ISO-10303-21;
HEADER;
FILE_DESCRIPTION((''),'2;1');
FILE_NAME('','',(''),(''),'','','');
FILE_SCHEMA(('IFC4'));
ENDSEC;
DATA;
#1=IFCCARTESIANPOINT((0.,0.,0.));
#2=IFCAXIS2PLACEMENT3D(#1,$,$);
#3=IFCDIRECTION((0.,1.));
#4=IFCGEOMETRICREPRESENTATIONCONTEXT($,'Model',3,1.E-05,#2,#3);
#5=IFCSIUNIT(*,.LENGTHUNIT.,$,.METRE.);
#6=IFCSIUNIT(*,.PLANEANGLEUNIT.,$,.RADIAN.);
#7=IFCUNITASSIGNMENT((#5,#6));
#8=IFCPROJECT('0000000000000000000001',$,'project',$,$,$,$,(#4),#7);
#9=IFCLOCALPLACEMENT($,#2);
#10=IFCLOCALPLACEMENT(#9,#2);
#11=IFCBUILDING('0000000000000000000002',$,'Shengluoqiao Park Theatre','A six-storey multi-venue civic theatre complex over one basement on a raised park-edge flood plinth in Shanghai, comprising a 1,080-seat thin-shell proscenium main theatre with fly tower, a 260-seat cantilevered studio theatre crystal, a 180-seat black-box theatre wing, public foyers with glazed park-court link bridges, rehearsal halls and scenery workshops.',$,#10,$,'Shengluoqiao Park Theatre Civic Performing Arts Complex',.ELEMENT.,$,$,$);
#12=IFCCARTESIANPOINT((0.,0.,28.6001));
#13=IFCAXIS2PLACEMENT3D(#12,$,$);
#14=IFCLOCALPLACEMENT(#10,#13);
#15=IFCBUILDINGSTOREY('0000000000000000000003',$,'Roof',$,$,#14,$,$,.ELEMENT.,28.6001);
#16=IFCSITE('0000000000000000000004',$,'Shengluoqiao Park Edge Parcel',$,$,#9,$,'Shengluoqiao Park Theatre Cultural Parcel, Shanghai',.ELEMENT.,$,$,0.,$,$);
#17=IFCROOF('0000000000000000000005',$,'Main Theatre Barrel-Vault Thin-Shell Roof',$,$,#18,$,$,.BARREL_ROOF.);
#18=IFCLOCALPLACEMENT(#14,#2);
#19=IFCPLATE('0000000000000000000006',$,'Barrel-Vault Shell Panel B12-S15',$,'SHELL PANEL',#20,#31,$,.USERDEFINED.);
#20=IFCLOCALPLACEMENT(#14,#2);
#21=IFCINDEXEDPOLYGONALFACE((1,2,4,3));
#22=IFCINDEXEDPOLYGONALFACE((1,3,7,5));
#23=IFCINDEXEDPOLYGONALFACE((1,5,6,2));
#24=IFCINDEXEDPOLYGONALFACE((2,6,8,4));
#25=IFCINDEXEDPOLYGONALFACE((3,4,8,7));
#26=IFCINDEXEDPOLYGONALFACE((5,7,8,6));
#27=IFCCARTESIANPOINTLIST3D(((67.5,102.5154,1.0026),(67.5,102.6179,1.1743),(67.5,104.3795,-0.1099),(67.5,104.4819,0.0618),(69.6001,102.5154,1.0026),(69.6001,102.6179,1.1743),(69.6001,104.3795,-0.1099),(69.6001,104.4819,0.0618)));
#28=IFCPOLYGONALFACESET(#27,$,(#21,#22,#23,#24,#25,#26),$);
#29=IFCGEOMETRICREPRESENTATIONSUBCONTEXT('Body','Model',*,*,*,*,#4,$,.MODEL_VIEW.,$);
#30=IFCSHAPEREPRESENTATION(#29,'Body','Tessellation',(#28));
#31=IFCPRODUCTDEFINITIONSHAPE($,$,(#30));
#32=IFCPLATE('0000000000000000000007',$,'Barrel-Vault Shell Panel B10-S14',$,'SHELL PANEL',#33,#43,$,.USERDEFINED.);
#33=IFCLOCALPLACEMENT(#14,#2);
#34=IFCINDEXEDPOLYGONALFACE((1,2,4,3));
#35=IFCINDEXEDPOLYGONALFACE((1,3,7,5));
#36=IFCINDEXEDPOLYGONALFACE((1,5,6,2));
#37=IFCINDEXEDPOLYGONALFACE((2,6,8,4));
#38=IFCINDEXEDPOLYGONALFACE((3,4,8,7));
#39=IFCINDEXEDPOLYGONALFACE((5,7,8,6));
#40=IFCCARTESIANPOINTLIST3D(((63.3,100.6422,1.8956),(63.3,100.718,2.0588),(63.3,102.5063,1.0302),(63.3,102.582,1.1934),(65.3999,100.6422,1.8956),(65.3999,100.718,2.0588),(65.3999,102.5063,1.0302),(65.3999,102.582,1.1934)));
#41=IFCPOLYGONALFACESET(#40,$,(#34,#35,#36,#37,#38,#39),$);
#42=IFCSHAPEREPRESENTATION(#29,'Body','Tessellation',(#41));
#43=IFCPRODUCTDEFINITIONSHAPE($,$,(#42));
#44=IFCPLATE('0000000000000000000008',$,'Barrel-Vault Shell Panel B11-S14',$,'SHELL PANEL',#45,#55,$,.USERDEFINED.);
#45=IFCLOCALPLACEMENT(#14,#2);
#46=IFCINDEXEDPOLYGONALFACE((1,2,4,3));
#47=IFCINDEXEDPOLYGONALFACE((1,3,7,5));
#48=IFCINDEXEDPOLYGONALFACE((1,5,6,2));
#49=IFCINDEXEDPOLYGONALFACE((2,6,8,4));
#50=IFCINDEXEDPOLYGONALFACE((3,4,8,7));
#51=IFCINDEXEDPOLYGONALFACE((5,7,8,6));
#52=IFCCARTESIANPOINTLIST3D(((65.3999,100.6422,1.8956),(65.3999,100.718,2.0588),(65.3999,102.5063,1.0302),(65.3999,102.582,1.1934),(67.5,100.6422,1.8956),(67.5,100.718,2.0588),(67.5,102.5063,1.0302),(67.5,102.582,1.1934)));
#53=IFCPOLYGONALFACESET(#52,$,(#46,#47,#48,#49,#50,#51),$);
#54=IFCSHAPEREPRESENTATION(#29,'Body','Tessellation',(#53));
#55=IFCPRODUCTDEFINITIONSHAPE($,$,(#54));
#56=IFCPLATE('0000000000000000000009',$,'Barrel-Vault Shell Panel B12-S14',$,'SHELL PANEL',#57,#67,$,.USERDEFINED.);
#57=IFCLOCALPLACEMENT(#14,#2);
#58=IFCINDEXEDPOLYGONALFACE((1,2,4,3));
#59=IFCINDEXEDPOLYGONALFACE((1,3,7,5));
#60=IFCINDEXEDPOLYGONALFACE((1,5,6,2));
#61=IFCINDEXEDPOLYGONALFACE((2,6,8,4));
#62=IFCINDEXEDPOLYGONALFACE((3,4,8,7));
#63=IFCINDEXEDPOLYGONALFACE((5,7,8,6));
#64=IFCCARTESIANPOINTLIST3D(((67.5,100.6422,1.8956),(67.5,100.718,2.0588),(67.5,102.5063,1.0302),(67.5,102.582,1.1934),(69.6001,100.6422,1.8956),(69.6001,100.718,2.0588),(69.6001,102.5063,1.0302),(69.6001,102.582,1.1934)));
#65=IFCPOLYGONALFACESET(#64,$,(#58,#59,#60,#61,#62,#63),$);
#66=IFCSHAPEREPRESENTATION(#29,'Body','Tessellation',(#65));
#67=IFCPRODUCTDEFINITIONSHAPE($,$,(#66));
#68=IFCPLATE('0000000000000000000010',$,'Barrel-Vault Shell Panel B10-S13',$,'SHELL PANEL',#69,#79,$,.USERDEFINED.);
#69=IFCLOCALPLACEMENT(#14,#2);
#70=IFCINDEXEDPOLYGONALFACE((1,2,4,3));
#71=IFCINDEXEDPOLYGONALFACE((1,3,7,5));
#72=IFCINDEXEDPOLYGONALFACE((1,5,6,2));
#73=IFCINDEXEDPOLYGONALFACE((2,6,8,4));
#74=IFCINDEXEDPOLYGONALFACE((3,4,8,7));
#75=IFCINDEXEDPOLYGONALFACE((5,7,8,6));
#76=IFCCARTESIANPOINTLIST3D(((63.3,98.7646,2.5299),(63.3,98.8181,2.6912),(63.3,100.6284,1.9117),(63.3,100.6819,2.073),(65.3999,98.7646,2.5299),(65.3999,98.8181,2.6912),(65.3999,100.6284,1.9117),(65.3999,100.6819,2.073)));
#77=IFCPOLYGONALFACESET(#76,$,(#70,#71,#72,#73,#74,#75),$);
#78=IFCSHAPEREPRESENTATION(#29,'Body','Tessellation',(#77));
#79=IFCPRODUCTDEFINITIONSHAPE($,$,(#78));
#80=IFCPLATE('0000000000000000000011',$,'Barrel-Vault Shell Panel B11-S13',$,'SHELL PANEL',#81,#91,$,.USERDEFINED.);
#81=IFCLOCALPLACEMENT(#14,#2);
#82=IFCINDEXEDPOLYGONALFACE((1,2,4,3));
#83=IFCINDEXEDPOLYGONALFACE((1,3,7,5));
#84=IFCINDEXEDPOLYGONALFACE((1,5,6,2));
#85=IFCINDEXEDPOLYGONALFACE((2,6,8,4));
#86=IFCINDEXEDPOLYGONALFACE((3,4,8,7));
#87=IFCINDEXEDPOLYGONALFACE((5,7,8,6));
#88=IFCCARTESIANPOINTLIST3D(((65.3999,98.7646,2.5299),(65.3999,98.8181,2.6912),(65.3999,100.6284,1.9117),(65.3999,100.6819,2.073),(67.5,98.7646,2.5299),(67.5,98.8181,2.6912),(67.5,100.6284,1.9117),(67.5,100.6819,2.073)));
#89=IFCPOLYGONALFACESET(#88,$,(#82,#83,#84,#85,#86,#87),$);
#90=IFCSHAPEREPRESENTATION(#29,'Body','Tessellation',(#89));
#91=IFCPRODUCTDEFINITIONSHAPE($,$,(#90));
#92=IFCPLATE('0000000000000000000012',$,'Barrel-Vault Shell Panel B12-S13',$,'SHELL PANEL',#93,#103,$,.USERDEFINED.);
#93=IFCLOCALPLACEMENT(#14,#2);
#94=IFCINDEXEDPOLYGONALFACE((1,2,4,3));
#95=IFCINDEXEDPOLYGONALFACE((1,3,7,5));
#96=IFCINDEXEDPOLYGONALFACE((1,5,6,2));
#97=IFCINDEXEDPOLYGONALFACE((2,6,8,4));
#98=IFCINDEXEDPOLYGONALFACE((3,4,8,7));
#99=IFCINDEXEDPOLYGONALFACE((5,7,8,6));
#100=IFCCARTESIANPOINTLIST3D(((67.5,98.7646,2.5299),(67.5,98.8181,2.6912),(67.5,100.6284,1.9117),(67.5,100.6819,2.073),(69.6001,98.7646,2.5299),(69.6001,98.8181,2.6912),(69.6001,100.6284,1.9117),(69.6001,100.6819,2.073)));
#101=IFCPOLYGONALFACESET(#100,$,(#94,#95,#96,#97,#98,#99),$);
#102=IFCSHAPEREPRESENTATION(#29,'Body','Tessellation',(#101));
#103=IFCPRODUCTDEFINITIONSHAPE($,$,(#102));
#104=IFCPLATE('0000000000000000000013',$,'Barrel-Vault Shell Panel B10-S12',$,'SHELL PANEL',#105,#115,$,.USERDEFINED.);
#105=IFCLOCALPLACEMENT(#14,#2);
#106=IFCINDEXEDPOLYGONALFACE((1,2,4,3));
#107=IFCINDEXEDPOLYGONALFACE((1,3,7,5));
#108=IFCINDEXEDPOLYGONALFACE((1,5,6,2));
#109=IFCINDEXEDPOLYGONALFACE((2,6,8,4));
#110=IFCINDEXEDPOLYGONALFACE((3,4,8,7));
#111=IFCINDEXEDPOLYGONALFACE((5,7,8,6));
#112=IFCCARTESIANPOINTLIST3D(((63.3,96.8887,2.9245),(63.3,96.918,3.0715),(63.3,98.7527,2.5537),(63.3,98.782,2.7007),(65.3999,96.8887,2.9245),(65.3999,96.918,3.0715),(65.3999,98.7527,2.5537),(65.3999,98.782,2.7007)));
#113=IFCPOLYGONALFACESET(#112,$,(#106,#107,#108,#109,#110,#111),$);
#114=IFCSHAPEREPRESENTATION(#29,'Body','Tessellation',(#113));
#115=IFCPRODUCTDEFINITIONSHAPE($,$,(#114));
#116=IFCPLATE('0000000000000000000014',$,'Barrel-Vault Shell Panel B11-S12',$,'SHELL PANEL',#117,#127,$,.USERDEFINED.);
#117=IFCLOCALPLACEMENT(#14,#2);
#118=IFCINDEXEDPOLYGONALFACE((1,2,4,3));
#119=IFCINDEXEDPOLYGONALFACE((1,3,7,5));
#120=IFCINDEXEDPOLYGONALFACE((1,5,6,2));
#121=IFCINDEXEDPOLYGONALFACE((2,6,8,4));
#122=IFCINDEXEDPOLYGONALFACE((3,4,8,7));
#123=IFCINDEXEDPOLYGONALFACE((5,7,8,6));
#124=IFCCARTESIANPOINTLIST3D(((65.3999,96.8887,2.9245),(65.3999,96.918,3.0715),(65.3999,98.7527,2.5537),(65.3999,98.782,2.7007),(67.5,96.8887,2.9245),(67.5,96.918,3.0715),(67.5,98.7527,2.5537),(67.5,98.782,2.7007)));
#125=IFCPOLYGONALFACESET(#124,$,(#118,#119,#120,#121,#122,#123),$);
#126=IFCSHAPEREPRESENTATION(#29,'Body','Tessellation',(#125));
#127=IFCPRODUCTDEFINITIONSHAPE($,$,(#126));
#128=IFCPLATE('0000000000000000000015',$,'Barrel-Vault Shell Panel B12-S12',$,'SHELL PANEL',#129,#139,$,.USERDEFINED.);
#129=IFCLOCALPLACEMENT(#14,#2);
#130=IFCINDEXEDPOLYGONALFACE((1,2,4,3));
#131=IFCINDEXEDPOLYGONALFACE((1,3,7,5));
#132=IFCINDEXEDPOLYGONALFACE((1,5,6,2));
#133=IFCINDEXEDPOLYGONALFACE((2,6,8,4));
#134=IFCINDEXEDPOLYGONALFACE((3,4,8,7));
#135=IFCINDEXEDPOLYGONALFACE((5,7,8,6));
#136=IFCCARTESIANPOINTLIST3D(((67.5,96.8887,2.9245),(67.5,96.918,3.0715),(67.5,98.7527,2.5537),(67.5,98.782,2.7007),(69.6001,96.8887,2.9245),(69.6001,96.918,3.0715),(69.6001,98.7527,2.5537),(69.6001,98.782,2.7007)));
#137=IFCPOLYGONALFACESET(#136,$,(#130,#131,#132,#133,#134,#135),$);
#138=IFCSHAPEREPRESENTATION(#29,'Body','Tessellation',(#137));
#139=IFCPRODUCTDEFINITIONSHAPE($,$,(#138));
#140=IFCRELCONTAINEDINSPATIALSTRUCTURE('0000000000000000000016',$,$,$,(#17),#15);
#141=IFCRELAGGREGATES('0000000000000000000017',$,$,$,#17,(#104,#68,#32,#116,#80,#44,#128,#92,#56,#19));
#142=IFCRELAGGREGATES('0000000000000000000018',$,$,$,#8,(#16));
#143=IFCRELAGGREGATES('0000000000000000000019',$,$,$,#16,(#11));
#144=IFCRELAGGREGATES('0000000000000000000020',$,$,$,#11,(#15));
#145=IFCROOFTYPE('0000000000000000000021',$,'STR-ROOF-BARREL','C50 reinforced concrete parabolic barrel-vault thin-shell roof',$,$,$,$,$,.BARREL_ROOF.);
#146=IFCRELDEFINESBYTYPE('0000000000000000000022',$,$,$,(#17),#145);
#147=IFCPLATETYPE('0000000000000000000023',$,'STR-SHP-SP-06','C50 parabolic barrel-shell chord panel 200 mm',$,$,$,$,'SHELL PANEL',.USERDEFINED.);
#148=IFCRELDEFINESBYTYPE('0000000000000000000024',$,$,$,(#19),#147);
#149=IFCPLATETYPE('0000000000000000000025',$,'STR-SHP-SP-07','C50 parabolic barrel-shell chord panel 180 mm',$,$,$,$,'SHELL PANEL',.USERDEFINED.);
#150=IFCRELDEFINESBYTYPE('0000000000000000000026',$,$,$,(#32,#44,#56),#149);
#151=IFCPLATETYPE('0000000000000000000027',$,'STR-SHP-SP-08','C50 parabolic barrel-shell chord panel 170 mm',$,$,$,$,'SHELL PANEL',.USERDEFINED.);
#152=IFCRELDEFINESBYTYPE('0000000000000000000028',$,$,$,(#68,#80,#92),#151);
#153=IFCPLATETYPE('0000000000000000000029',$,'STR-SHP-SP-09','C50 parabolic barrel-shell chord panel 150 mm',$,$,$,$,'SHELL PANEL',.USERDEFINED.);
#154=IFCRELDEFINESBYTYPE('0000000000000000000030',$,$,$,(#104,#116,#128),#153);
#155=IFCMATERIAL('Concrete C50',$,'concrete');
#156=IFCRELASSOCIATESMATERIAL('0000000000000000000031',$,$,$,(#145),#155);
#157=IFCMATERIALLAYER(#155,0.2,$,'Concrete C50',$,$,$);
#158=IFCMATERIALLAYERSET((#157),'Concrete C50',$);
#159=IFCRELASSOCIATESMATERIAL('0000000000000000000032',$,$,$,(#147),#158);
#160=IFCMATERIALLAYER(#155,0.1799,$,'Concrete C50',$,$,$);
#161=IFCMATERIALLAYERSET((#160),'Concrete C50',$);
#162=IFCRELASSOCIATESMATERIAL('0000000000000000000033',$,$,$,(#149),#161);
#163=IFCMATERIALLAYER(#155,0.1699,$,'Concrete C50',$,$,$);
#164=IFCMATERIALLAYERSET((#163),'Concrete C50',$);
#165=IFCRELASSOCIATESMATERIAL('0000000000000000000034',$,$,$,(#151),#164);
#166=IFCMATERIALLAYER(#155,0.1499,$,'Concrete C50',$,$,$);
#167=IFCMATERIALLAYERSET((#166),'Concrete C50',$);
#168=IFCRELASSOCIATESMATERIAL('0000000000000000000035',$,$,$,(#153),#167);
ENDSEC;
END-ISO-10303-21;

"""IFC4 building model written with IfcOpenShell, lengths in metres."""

from ifc_helpers import new_model, si_unit, direction, frame, origin, place, context, subcontext, project, spatial, polyline, outline, extrude, material, layer, layer_set, type_object, element, aggregate, save


model = new_model("IFC4")

# Units and contexts
model_context = context("Model", 3, precision=1e-05, world=origin(), true_north=direction((0.0, 1.0)))
body_context = subcontext(model_context, "Body", "Model", "MODEL_VIEW")
ifc_project = project(units=[si_unit("LENGTHUNIT", "METRE"), si_unit("PLANEANGLEUNIT", "RADIAN")], contexts=[model_context])

# Site, building, storey
site_placement = place(None, origin())
site = spatial("IfcSite", under=ifc_project, at=site_placement, Name="Shengluoqiao Park Edge Parcel", LongName="Shengluoqiao Park Theatre Cultural Parcel, Shanghai", CompositionType="ELEMENT", RefElevation=0.0)
building_placement = place(site_placement, origin())
building = spatial("IfcBuilding", under=site, at=building_placement, Name="Shengluoqiao Park Theatre", Description="A six-storey multi-venue civic theatre complex over one basement on a raised park-edge flood plinth in Shanghai, comprising a 1,080-seat thin-shell proscenium main theatre with fly tower, a 260-seat cantilevered studio theatre crystal, a 180-seat black-box theatre wing, public foyers with glazed park-court link bridges, rehearsal halls and scenery workshops.", LongName="Shengluoqiao Park Theatre Civic Performing Arts Complex", CompositionType="ELEMENT")
storey_placement = place(building_placement, frame((0.0, 0.0, 28.6001)))
storey = spatial("IfcBuildingStorey", under=building, at=storey_placement, Name="Roof", CompositionType="ELEMENT", Elevation=28.6001)

# Shared definitions
ifc_material_1 = material(Name="Concrete C50", Category="concrete")

# Roof, plates
roof_type = type_object("IfcRoofType", Name="STR-ROOF-BARREL", Description="C50 reinforced concrete parabolic barrel-vault thin-shell roof", PredefinedType="BARREL_ROOF", material=ifc_material_1)
roof_placement = place(storey_placement, origin())
roof = element("IfcRoof", 1, at=roof_placement, inside=storey, type_object=roof_type, Name="Main Theatre Barrel-Vault Thin-Shell Roof", PredefinedType="BARREL_ROOF")
ifc_layer_1 = layer(ifc_material_1, 0.2, Name="Concrete C50")
ifc_layer_set_1 = layer_set([ifc_layer_1], Name="Concrete C50")
plate_type_1 = type_object("IfcPlateType", Name="STR-SHP-SP-06", Description="C50 parabolic barrel-shell chord panel 200 mm", ElementType="SHELL PANEL", PredefinedType="USERDEFINED", material=ifc_layer_set_1)
plate_1_placement = place(storey_placement, frame((67.5, 102.6179, 1.1743), z_axis=(0.0, 0.51251, 0.858681), x_axis=(1.0, 0.0, 0.0)))
plate_1 = element("IfcPlate", 2, at=plate_1_placement, type_object=plate_type_1, Name="Barrel-Vault Shell Panel B12-S15", ObjectType="SHELL PANEL", PredefinedType="USERDEFINED", context=body_context, shape_type="SweptSolid", body=[
    extrude(outline(polyline([(0.0, 0.0), (2.1001, 0.0), (2.1001, 2.1708), (0.0, 2.1708), (0.0, 0.0)])), origin(), (0.0, 0.0, -1.0), 0.2),
])
ifc_layer_2 = layer(ifc_material_1, 0.1799, Name="Concrete C50")
ifc_layer_set_2 = layer_set([ifc_layer_2], Name="Concrete C50")
plate_type_2 = type_object("IfcPlateType", Name="STR-SHP-SP-07", Description="C50 parabolic barrel-shell chord panel 180 mm", ElementType="SHELL PANEL", PredefinedType="USERDEFINED", material=ifc_layer_set_2)
plate_2_placement = place(storey_placement, frame((63.3, 100.718, 2.0588), z_axis=(0.0, 0.421129, 0.907001), x_axis=(1.0, 0.0, 0.0)))
plate_2 = element("IfcPlate", 3, at=plate_2_placement, type_object=plate_type_2, Name="Barrel-Vault Shell Panel B10-S14", ObjectType="SHELL PANEL", PredefinedType="USERDEFINED", context=body_context, shape_type="SweptSolid", body=[
    extrude(outline(polyline([(0.0, 0.0), (2.0999, 0.0), (2.0999, 2.0551), (0.0, 2.0551), (0.0, 0.0)])), origin(), (0.0, 0.0, -1.0), 0.1799),
])
plate_3_placement = place(storey_placement, frame((65.3999, 100.718, 2.0588), z_axis=(0.0, 0.421129, 0.907001), x_axis=(1.0, 0.0, 0.0)))
plate_3 = element("IfcPlate", 4, at=plate_3_placement, type_object=plate_type_2, Name="Barrel-Vault Shell Panel B11-S14", ObjectType="SHELL PANEL", PredefinedType="USERDEFINED", context=body_context, shape_type="SweptSolid", body=[
    extrude(outline(polyline([(0.0, 0.0), (2.1001, 0.0), (2.1001, 2.0551), (0.0, 2.0551), (0.0, 0.0)])), origin(), (0.0, 0.0, -1.0), 0.1799),
])
plate_4_placement = place(storey_placement, frame((67.5, 100.718, 2.0588), z_axis=(0.0, 0.421129, 0.907001), x_axis=(1.0, 0.0, 0.0)))
plate_4 = element("IfcPlate", 5, at=plate_4_placement, type_object=plate_type_2, Name="Barrel-Vault Shell Panel B12-S14", ObjectType="SHELL PANEL", PredefinedType="USERDEFINED", context=body_context, shape_type="SweptSolid", body=[
    extrude(outline(polyline([(0.0, 0.0), (2.1001, 0.0), (2.1001, 2.0551), (0.0, 2.0551), (0.0, 0.0)])), origin(), (0.0, 0.0, -1.0), 0.1799),
])
ifc_layer_3 = layer(ifc_material_1, 0.1699, Name="Concrete C50")
ifc_layer_set_3 = layer_set([ifc_layer_3], Name="Concrete C50")
plate_type_3 = type_object("IfcPlateType", Name="STR-SHP-SP-08", Description="C50 parabolic barrel-shell chord panel 170 mm", ElementType="SHELL PANEL", PredefinedType="USERDEFINED", material=ifc_layer_set_3)
plate_5_placement = place(storey_placement, frame((63.3, 98.8181, 2.6912), z_axis=(0.0, 0.31481, 0.949155), x_axis=(1.0, 0.0, 0.0)))
plate_5 = element("IfcPlate", 6, at=plate_5_placement, type_object=plate_type_3, Name="Barrel-Vault Shell Panel B10-S13", ObjectType="SHELL PANEL", PredefinedType="USERDEFINED", context=body_context, shape_type="SweptSolid", body=[
    extrude(outline(polyline([(0.0, 0.0), (2.0999, 0.0), (2.0999, 1.9636), (0.0, 1.9636), (0.0, 0.0)])), origin(), (0.0, 0.0, -1.0), 0.1699),
])
plate_6_placement = place(storey_placement, frame((65.3999, 98.8181, 2.6912), z_axis=(0.0, 0.31481, 0.949155), x_axis=(1.0, 0.0, 0.0)))
plate_6 = element("IfcPlate", 7, at=plate_6_placement, type_object=plate_type_3, Name="Barrel-Vault Shell Panel B11-S13", ObjectType="SHELL PANEL", PredefinedType="USERDEFINED", context=body_context, shape_type="SweptSolid", body=[
    extrude(outline(polyline([(0.0, 0.0), (2.1001, 0.0), (2.1001, 1.9636), (0.0, 1.9636), (0.0, 0.0)])), origin(), (0.0, 0.0, -1.0), 0.1699),
])
plate_7_placement = place(storey_placement, frame((67.5, 98.8181, 2.6912), z_axis=(0.0, 0.31481, 0.949155), x_axis=(1.0, 0.0, 0.0)))
plate_7 = element("IfcPlate", 8, at=plate_7_placement, type_object=plate_type_3, Name="Barrel-Vault Shell Panel B12-S13", ObjectType="SHELL PANEL", PredefinedType="USERDEFINED", context=body_context, shape_type="SweptSolid", body=[
    extrude(outline(polyline([(0.0, 0.0), (2.1001, 0.0), (2.1001, 1.9636), (0.0, 1.9636), (0.0, 0.0)])), origin(), (0.0, 0.0, -1.0), 0.1699),
])
ifc_layer_4 = layer(ifc_material_1, 0.1499, Name="Concrete C50")
ifc_layer_set_4 = layer_set([ifc_layer_4], Name="Concrete C50")
plate_type_4 = type_object("IfcPlateType", Name="STR-SHP-SP-09", Description="C50 parabolic barrel-shell chord panel 150 mm", ElementType="SHELL PANEL", PredefinedType="USERDEFINED", material=ifc_layer_set_4)
plate_8_placement = place(storey_placement, frame((63.3, 96.918, 3.0715), z_axis=(0.0, 0.195128, 0.980778), x_axis=(1.0, 0.0, 0.0)))
plate_8 = element("IfcPlate", 9, at=plate_8_placement, type_object=plate_type_4, Name="Barrel-Vault Shell Panel B10-S12", ObjectType="SHELL PANEL", PredefinedType="USERDEFINED", context=body_context, shape_type="SweptSolid", body=[
    extrude(outline(polyline([(0.0, 0.0), (2.0999, 0.0), (2.0999, 1.9005), (0.0, 1.9005), (0.0, 0.0)])), origin(), (0.0, 0.0, -1.0), 0.1499),
])
plate_9_placement = place(storey_placement, frame((65.3999, 96.918, 3.0715), z_axis=(0.0, 0.195128, 0.980778), x_axis=(1.0, 0.0, 0.0)))
plate_9 = element("IfcPlate", 10, at=plate_9_placement, type_object=plate_type_4, Name="Barrel-Vault Shell Panel B11-S12", ObjectType="SHELL PANEL", PredefinedType="USERDEFINED", context=body_context, shape_type="SweptSolid", body=[
    extrude(outline(polyline([(0.0, 0.0), (2.1001, 0.0), (2.1001, 1.9005), (0.0, 1.9005), (0.0, 0.0)])), origin(), (0.0, 0.0, -1.0), 0.1499),
])
plate_10_placement = place(storey_placement, frame((67.5, 96.918, 3.0715), z_axis=(0.0, 0.195128, 0.980778), x_axis=(1.0, 0.0, 0.0)))
plate_10 = element("IfcPlate", 11, at=plate_10_placement, type_object=plate_type_4, Name="Barrel-Vault Shell Panel B12-S12", ObjectType="SHELL PANEL", PredefinedType="USERDEFINED", context=body_context, shape_type="SweptSolid", body=[
    extrude(outline(polyline([(0.0, 0.0), (2.1001, 0.0), (2.1001, 1.9005), (0.0, 1.9005), (0.0, 0.0)])), origin(), (0.0, 0.0, -1.0), 0.1499),
])
aggregate(roof, [plate_8, plate_5, plate_2, plate_9, plate_6, plate_3, plate_10, plate_7, plate_4, plate_1])

save(model, "model.ifc")
